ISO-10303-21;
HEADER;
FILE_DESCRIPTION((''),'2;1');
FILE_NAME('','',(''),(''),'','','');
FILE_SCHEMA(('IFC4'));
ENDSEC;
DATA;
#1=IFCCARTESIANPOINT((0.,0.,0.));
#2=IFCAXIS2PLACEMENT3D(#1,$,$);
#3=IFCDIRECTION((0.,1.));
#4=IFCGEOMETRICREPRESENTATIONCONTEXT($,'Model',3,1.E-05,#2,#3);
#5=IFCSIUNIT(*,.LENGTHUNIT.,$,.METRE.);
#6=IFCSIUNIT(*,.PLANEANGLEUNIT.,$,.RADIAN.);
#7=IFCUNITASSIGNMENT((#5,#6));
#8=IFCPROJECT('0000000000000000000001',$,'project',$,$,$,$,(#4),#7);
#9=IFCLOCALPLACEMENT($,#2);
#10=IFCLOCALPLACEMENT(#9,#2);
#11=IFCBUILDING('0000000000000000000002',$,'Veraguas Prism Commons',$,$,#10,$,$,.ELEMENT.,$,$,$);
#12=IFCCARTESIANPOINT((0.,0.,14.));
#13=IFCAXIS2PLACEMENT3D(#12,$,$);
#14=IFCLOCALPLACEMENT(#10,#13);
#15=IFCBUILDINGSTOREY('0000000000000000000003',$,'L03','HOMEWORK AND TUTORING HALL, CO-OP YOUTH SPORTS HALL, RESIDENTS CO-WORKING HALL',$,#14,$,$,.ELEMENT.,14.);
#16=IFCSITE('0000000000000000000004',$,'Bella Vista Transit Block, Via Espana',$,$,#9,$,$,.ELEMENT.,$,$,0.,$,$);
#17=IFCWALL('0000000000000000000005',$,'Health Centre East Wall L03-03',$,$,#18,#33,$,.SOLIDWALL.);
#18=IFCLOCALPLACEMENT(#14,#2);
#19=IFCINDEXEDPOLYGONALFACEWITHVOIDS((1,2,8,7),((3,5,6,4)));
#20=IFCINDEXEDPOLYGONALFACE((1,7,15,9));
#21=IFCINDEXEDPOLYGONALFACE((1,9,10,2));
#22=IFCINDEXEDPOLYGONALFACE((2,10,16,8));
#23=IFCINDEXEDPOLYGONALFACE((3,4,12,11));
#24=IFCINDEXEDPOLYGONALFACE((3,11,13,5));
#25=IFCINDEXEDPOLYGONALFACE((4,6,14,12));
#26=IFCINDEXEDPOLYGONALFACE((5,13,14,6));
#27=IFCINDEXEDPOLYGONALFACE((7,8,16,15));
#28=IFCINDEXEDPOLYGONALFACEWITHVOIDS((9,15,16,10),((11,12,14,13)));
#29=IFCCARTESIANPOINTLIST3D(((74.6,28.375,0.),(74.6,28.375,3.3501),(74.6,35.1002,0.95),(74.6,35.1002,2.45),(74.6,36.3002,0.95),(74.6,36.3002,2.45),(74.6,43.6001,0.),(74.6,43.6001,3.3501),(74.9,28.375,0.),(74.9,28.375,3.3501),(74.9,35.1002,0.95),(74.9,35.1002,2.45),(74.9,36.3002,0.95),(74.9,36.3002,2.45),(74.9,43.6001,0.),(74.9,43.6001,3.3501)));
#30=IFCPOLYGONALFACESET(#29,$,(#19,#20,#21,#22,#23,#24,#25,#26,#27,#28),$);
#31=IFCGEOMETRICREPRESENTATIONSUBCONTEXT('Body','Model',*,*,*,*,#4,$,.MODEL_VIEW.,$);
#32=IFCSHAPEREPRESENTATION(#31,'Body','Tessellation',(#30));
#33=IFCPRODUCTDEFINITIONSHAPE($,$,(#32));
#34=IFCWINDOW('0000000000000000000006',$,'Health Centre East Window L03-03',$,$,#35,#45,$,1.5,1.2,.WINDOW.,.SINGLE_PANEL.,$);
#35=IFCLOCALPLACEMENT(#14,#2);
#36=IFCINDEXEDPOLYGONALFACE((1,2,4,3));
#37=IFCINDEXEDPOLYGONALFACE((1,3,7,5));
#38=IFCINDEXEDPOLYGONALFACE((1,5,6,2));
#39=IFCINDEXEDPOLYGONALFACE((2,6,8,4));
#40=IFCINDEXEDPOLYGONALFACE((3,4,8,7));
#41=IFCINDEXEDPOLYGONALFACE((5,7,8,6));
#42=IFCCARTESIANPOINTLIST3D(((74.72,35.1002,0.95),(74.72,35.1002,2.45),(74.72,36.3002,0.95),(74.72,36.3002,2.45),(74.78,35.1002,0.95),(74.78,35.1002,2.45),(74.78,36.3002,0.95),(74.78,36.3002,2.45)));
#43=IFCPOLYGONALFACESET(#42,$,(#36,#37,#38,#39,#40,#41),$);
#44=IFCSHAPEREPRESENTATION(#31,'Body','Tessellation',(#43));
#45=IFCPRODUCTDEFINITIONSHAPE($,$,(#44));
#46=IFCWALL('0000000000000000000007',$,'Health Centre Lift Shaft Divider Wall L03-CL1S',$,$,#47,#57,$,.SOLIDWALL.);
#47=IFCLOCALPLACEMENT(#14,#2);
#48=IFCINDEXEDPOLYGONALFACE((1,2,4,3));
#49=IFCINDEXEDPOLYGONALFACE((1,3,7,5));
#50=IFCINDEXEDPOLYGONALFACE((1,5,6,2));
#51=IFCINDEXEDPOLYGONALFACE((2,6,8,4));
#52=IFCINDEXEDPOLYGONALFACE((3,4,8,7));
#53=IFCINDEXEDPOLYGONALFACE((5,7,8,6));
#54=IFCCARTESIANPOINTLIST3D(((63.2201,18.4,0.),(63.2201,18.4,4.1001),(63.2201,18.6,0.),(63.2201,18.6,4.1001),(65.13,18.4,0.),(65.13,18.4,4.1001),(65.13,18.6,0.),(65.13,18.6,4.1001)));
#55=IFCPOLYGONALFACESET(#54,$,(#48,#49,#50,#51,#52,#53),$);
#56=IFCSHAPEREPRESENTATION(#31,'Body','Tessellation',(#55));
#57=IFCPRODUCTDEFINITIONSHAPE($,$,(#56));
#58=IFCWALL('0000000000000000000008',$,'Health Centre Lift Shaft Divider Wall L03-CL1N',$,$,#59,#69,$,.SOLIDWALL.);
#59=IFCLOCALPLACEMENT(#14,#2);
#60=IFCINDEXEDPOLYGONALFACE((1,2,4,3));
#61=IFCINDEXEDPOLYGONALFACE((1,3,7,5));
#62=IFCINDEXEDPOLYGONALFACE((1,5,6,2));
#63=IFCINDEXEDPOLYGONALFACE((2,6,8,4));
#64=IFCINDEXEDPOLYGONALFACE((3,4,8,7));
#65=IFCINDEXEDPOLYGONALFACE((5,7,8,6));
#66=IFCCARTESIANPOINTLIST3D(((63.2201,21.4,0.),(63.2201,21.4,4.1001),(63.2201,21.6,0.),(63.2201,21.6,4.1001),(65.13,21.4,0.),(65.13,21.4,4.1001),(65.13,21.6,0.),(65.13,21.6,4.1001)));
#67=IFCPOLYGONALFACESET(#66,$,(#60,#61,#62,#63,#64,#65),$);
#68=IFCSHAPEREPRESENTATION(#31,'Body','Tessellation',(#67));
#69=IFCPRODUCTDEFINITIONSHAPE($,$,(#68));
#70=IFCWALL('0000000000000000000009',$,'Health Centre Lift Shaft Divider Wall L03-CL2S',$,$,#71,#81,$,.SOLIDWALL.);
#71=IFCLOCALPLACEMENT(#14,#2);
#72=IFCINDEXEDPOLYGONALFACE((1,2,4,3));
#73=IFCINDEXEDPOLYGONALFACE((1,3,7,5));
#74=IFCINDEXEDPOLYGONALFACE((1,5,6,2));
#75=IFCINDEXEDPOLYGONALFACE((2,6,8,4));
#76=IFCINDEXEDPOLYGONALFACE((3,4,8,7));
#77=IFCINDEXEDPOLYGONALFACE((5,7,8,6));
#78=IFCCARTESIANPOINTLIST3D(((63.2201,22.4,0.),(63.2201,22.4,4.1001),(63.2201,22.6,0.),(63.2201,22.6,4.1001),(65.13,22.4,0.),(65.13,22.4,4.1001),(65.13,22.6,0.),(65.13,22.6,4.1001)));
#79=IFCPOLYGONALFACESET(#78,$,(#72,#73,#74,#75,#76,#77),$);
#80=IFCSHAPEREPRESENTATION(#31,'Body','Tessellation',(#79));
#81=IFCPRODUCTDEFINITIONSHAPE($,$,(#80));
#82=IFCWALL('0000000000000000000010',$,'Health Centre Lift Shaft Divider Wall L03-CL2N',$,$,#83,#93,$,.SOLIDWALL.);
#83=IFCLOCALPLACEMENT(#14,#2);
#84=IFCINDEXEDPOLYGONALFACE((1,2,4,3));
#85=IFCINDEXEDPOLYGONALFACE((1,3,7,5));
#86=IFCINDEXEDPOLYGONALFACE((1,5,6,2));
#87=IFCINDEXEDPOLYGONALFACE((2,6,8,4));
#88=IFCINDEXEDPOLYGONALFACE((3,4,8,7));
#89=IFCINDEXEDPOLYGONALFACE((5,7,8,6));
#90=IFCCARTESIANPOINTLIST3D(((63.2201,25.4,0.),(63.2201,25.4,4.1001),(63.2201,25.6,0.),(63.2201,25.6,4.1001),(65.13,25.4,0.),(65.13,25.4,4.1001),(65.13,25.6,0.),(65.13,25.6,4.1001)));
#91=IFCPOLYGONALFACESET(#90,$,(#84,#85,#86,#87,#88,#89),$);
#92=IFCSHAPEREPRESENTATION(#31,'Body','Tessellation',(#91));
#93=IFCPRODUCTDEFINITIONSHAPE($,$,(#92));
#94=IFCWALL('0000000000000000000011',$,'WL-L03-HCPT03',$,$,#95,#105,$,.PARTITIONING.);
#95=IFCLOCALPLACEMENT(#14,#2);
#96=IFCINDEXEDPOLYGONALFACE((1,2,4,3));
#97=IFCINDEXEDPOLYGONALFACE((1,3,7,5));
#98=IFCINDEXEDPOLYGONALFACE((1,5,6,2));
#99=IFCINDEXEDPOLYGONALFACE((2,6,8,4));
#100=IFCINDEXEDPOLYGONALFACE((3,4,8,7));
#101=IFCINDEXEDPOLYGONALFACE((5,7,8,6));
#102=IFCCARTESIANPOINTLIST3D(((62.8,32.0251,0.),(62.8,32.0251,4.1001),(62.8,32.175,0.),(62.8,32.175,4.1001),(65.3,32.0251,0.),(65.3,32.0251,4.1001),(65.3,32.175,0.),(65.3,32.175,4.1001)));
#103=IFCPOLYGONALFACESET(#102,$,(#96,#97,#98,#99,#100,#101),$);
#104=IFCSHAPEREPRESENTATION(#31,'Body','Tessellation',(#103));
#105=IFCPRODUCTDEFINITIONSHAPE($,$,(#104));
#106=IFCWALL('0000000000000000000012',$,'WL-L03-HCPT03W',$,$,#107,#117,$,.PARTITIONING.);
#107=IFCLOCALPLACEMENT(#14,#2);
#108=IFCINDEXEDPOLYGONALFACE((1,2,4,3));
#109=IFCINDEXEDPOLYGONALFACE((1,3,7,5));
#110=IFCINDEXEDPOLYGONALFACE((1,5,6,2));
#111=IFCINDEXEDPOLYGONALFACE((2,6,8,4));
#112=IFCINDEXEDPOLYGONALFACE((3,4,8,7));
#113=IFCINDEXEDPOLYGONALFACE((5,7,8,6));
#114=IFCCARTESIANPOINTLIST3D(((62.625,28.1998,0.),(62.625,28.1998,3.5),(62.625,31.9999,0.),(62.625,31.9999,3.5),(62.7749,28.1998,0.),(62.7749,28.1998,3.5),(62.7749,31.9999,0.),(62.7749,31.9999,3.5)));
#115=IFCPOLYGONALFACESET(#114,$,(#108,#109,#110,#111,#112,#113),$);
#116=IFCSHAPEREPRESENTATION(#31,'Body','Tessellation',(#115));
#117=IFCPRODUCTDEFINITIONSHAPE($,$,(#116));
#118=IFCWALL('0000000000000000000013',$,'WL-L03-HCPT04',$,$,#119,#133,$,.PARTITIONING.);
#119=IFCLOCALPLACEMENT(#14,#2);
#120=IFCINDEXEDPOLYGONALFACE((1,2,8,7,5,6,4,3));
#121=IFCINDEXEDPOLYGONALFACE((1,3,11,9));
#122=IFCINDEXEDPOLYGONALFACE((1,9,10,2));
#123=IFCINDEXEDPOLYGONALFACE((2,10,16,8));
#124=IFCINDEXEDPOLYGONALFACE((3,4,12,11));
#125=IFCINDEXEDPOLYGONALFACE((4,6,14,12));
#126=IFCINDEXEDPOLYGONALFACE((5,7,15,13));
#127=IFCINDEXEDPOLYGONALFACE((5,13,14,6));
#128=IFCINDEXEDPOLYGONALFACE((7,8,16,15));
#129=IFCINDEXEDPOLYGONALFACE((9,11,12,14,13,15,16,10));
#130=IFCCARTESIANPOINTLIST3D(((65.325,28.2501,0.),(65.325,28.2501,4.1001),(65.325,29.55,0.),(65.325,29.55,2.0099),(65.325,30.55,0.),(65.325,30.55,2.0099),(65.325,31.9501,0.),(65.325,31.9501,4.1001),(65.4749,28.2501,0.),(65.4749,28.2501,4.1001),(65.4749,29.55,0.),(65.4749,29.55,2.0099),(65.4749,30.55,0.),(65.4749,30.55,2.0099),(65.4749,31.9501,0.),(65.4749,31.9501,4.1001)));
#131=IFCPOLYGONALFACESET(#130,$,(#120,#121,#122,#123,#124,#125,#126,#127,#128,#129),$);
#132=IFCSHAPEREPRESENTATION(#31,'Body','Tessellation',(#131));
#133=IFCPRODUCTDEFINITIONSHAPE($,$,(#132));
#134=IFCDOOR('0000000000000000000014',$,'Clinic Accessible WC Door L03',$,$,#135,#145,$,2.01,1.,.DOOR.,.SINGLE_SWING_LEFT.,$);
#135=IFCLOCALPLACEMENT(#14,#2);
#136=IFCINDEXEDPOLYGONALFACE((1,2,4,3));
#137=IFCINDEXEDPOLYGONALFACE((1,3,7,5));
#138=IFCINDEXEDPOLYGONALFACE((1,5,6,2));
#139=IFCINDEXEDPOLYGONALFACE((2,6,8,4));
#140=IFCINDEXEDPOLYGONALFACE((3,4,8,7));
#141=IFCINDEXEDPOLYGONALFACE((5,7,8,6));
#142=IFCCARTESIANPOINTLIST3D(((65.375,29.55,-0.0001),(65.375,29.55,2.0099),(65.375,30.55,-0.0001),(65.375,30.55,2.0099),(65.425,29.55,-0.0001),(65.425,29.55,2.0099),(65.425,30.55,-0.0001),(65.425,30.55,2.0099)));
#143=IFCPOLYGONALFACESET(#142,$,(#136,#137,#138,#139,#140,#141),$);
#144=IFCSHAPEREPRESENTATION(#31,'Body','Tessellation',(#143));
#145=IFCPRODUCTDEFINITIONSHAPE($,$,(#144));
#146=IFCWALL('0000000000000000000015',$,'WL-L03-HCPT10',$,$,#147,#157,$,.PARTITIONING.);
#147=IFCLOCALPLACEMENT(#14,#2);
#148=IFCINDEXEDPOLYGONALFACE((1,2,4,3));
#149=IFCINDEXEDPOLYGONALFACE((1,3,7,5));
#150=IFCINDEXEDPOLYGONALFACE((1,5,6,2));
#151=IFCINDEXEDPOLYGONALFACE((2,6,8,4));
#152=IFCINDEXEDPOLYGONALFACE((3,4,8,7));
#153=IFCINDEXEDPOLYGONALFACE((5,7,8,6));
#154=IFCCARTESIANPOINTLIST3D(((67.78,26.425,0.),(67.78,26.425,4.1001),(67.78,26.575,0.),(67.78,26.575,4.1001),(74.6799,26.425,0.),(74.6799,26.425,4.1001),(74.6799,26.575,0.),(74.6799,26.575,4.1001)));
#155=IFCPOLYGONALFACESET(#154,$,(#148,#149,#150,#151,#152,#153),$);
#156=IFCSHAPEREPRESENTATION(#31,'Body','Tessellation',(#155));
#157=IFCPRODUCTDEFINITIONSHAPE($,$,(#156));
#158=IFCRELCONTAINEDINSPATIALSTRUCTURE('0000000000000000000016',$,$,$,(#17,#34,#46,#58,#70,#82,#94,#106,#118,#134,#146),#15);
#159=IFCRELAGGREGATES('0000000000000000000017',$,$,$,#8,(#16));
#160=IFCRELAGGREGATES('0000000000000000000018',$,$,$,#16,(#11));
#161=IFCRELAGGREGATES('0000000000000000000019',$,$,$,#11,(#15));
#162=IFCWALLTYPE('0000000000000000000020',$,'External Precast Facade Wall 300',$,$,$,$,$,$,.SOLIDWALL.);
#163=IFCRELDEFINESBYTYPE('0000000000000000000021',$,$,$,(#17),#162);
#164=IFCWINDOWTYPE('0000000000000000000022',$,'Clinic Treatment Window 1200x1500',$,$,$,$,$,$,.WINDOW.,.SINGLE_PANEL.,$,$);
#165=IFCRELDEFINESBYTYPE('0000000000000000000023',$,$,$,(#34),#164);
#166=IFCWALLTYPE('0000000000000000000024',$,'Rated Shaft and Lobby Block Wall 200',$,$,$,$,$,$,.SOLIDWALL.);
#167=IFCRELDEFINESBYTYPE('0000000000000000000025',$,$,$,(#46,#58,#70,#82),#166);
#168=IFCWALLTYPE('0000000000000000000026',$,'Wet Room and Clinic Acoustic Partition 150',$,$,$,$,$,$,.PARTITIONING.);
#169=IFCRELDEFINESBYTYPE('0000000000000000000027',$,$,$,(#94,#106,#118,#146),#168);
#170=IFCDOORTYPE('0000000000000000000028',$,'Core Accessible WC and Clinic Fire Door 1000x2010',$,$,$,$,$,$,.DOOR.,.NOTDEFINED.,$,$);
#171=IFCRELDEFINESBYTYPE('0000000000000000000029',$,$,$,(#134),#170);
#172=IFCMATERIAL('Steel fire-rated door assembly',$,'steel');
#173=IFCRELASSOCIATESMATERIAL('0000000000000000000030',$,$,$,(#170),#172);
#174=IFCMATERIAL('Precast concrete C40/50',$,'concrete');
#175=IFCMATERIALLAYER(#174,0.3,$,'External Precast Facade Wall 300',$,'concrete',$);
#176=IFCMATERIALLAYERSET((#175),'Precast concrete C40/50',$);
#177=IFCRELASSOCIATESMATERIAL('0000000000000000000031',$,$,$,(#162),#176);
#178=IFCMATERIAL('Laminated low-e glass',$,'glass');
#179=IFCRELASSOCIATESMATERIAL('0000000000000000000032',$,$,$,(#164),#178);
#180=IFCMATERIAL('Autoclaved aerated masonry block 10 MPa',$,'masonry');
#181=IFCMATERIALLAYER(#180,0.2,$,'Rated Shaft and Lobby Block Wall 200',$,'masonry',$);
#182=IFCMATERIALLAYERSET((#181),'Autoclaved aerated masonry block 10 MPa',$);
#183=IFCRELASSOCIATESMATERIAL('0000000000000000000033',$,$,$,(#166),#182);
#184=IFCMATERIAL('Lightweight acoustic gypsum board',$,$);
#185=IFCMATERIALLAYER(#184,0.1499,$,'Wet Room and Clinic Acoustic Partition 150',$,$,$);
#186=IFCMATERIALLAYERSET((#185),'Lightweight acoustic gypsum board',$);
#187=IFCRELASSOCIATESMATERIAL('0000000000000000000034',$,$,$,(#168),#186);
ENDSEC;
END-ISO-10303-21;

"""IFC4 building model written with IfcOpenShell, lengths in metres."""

from ifc_helpers import new_model, si_unit, direction, frame, frame_2d, origin, place, context, subcontext, project, spatial, rectangle, extrude, source, transform, mapped, material, layer, layer_set, type_object, element, fill, save


model = new_model("IFC4")

# Units and contexts
model_context = context("Model", 3, precision=1e-05, world=origin(), true_north=direction((0.0, 1.0)))
body_context = subcontext(model_context, "Body", "Model", "MODEL_VIEW")
ifc_project = project(units=[si_unit("LENGTHUNIT", "METRE"), si_unit("PLANEANGLEUNIT", "RADIAN")], contexts=[model_context])

# Site, building, storey
site_placement = place(None, origin())
site = spatial("IfcSite", under=ifc_project, at=site_placement, Name="Bella Vista Transit Block, Via Espana", CompositionType="ELEMENT", RefElevation=0.0)
building_placement = place(site_placement, origin())
building = spatial("IfcBuilding", under=site, at=building_placement, Name="Veraguas Prism Commons", CompositionType="ELEMENT")
storey_placement = place(building_placement, frame((0.0, 0.0, 14.0)))
storey = spatial("IfcBuildingStorey", under=building, at=storey_placement, Name="L03", Description="HOMEWORK AND TUTORING HALL, CO-OP YOUTH SPORTS HALL, RESIDENTS CO-WORKING HALL", CompositionType="ELEMENT", Elevation=14.0)

# Shared definitions
ifc_material_1 = material(Name="Autoclaved aerated masonry block 10 MPa", Category="masonry")
ifc_material_2 = material(Name="Steel fire-rated door assembly", Category="steel")
door_type = type_object("IfcDoorType", Name="Core Accessible WC and Clinic Fire Door 1000x2010", OperationType="NOTDEFINED", PredefinedType="DOOR", material=ifc_material_2)
shared_shape_1 = source(origin(), body_context, "Body", "SweptSolid", [
    extrude(rectangle(XDim=1.0, YDim=2.01, at=frame_2d((0.5, 1.0049))), frame((0.0, 0.0249, 0.0), z_axis=(0.0, -1.0, 0.0), x_axis=(1.0, 0.0, 0.0)), (0.0, 0.0, 1.0), 0.05),
])

# Wall, opening, window
ifc_material_3 = material(Name="Precast concrete C40/50", Category="concrete")
ifc_layer_1 = layer(ifc_material_3, 0.3, Name="External Precast Facade Wall 300", Category="concrete")
ifc_layer_set_1 = layer_set([ifc_layer_1], Name="Precast concrete C40/50")
wall_type_1 = type_object("IfcWallType", Name="External Precast Facade Wall 300", PredefinedType="SOLIDWALL", material=ifc_layer_set_1)
wall_1_placement = place(storey_placement, frame((74.75, 28.375, 0.0), z_axis=(0.0, 0.0, 1.0), x_axis=(0.0, 1.0, 0.0)))
wall_1 = element("IfcWall", 1, at=wall_1_placement, inside=storey, type_object=wall_type_1, Name="Health Centre East Wall L03-03", PredefinedType="SOLIDWALL", context=body_context, shape_type="SweptSolid", body=[
    extrude(rectangle(XDim=15.2251, YDim=0.3, at=frame_2d((7.6125, 0.0))), origin(), (0.0, 0.0, 1.0), 3.3501),
])
opening_1_placement = place(wall_1_placement, frame((6.7251, 0.0, 0.95)))
opening_1 = element("IfcOpeningElement", 2, at=opening_1_placement, cuts=wall_1, PredefinedType="OPENING", context=body_context, shape_type="SweptSolid", body=[
    extrude(rectangle(XDim=1.2, YDim=1.5, at=frame_2d((0.6001, 0.75))), frame((0.0, 0.1599, 0.0), z_axis=(0.0, -1.0, 0.0), x_axis=(1.0, 0.0, 0.0)), (0.0, 0.0, 1.0), 0.3201),
])
ifc_material_4 = material(Name="Laminated low-e glass", Category="glass")
window_type = type_object("IfcWindowType", Name="Clinic Treatment Window 1200x1500", PartitioningType="SINGLE_PANEL", PredefinedType="WINDOW", material=ifc_material_4)
shared_shape_2 = source(origin(), body_context, "Body", "SweptSolid", [
    extrude(rectangle(XDim=1.2, YDim=1.5, at=frame_2d((0.6001, 0.75))), frame((0.0, 0.03, 0.0), z_axis=(0.0, -1.0, 0.0), x_axis=(1.0, 0.0, 0.0)), (0.0, 0.0, 1.0), 0.0601),
])
window_placement = place(opening_1_placement, origin())
window = element("IfcWindow", 3, at=window_placement, inside=storey, type_object=window_type, Name="Health Centre East Window L03-03", OverallHeight=1.5, OverallWidth=1.2, PartitioningType="SINGLE_PANEL", PredefinedType="WINDOW", context=body_context, shape_type="MappedRepresentation", body=[
    mapped(shared_shape_2, transform((0.0, 0.0, 0.0), scale=1.0)),
])
fill(opening_1, window)

# Walls
ifc_layer_2 = layer(ifc_material_1, 0.2, Name="Rated Shaft and Lobby Block Wall 200", Category="masonry")
ifc_layer_set_2 = layer_set([ifc_layer_2], Name="Autoclaved aerated masonry block 10 MPa")
wall_type_2 = type_object("IfcWallType", Name="Rated Shaft and Lobby Block Wall 200", PredefinedType="SOLIDWALL", material=ifc_layer_set_2)
for number, where, z_axis, x_axis, name in (
    (4, (63.22, 18.5, 0.0), (0.0, 0.0, 1.0), (1.0, 0.0, 0.0), "Health Centre Lift Shaft Divider Wall L03-CL1S"),
    (5, (63.22, 21.5, 0.0), (0.0, 0.0, 1.0), (1.0, 0.0, 0.0), "Health Centre Lift Shaft Divider Wall L03-CL1N"),
    (6, (63.22, 22.5, 0.0), (0.0, 0.0, 1.0), (1.0, 0.0, 0.0), "Health Centre Lift Shaft Divider Wall L03-CL2S"),
    (7, (63.22, 25.5, 0.0), (0.0, 0.0, 1.0), (1.0, 0.0, 0.0), "Health Centre Lift Shaft Divider Wall L03-CL2N"),
):
    element("IfcWall", number, at=place(storey_placement, frame(where, z_axis=z_axis, x_axis=x_axis)), inside=storey, type_object=wall_type_2, Name=name, PredefinedType="SOLIDWALL", context=body_context, shape_type="SweptSolid", body=[
        extrude(rectangle(XDim=1.9099, YDim=0.2, at=frame_2d((0.9551, 0.0))), origin(), (0.0, 0.0, 1.0), 4.1001),
    ])
ifc_material_5 = material(Name="Lightweight acoustic gypsum board")
ifc_layer_3 = layer(ifc_material_5, 0.1499, Name="Wet Room and Clinic Acoustic Partition 150")
ifc_layer_set_3 = layer_set([ifc_layer_3], Name="Lightweight acoustic gypsum board")
wall_type_3 = type_object("IfcWallType", Name="Wet Room and Clinic Acoustic Partition 150", PredefinedType="PARTITIONING", material=ifc_layer_set_3)
wall_2_placement = place(storey_placement, frame((62.8, 32.1001, 0.0), z_axis=(0.0, 0.0, 1.0), x_axis=(1.0, 0.0, 0.0)))
element("IfcWall", 8, at=wall_2_placement, inside=storey, type_object=wall_type_3, Name="WL-L03-HCPT03", PredefinedType="PARTITIONING", context=body_context, shape_type="SweptSolid", body=[
    extrude(rectangle(XDim=2.5, YDim=0.1499, at=frame_2d((1.25, 0.0))), origin(), (0.0, 0.0, 1.0), 4.1001),
])
wall_3_placement = place(storey_placement, frame((62.7, 28.2, 0.0), z_axis=(0.0, 0.0, 1.0), x_axis=(0.0, 1.0, 0.0)))
element("IfcWall", 9, at=wall_3_placement, inside=storey, type_object=wall_type_3, Name="WL-L03-HCPT03W", PredefinedType="PARTITIONING", context=body_context, shape_type="SweptSolid", body=[
    extrude(rectangle(XDim=3.8, YDim=0.1499, at=frame_2d((1.8999, 0.0))), origin(), (0.0, 0.0, 1.0), 3.5),
])

# Wall, opening, door
wall_4_placement = place(storey_placement, frame((65.3999, 28.25, 0.0), z_axis=(0.0, 0.0, 1.0), x_axis=(0.0, 1.0, 0.0)))
wall_4 = element("IfcWall", 10, at=wall_4_placement, inside=storey, type_object=wall_type_3, Name="WL-L03-HCPT04", PredefinedType="PARTITIONING", context=body_context, shape_type="SweptSolid", body=[
    extrude(rectangle(XDim=3.7, YDim=0.1499, at=frame_2d((1.8501, 0.0))), origin(), (0.0, 0.0, 1.0), 4.1001),
])
opening_2_placement = place(wall_4_placement, frame((1.3, 0.0, 0.0)))
opening_2 = element("IfcOpeningElement", 11, at=opening_2_placement, cuts=wall_4, PredefinedType="OPENING", context=body_context, shape_type="SweptSolid", body=[
    extrude(rectangle(XDim=1.0, YDim=2.01, at=frame_2d((0.5, 1.0049))), frame((0.0, 0.085, 0.0), z_axis=(0.0, -1.0, 0.0), x_axis=(1.0, 0.0, 0.0)), (0.0, 0.0, 1.0), 0.1699),
])
door_1_placement = place(opening_2_placement, origin())
door_1 = element("IfcDoor", 12, at=door_1_placement, inside=storey, type_object=door_type, Name="Clinic Accessible WC Door L03", OperationType="SINGLE_SWING_LEFT", OverallHeight=2.01, OverallWidth=1.0, PredefinedType="DOOR", context=body_context, shape_type="MappedRepresentation", body=[
    mapped(shared_shape_1, transform((0.0, 0.0, 0.0), scale=1.0)),
])
fill(opening_2, door_1)

# Wall
wall_5_placement = place(storey_placement, frame((67.78, 26.5, 0.0), z_axis=(0.0, 0.0, 1.0), x_axis=(1.0, 0.0, 0.0)))
element("IfcWall", 13, at=wall_5_placement, inside=storey, type_object=wall_type_3, Name="WL-L03-HCPT10", PredefinedType="PARTITIONING", context=body_context, shape_type="SweptSolid", body=[
    extrude(rectangle(XDim=6.8999, YDim=0.1499, at=frame_2d((3.45, 0.0))), origin(), (0.0, 0.0, 1.0), 4.1001),
])

save(model, "model.ifc")
